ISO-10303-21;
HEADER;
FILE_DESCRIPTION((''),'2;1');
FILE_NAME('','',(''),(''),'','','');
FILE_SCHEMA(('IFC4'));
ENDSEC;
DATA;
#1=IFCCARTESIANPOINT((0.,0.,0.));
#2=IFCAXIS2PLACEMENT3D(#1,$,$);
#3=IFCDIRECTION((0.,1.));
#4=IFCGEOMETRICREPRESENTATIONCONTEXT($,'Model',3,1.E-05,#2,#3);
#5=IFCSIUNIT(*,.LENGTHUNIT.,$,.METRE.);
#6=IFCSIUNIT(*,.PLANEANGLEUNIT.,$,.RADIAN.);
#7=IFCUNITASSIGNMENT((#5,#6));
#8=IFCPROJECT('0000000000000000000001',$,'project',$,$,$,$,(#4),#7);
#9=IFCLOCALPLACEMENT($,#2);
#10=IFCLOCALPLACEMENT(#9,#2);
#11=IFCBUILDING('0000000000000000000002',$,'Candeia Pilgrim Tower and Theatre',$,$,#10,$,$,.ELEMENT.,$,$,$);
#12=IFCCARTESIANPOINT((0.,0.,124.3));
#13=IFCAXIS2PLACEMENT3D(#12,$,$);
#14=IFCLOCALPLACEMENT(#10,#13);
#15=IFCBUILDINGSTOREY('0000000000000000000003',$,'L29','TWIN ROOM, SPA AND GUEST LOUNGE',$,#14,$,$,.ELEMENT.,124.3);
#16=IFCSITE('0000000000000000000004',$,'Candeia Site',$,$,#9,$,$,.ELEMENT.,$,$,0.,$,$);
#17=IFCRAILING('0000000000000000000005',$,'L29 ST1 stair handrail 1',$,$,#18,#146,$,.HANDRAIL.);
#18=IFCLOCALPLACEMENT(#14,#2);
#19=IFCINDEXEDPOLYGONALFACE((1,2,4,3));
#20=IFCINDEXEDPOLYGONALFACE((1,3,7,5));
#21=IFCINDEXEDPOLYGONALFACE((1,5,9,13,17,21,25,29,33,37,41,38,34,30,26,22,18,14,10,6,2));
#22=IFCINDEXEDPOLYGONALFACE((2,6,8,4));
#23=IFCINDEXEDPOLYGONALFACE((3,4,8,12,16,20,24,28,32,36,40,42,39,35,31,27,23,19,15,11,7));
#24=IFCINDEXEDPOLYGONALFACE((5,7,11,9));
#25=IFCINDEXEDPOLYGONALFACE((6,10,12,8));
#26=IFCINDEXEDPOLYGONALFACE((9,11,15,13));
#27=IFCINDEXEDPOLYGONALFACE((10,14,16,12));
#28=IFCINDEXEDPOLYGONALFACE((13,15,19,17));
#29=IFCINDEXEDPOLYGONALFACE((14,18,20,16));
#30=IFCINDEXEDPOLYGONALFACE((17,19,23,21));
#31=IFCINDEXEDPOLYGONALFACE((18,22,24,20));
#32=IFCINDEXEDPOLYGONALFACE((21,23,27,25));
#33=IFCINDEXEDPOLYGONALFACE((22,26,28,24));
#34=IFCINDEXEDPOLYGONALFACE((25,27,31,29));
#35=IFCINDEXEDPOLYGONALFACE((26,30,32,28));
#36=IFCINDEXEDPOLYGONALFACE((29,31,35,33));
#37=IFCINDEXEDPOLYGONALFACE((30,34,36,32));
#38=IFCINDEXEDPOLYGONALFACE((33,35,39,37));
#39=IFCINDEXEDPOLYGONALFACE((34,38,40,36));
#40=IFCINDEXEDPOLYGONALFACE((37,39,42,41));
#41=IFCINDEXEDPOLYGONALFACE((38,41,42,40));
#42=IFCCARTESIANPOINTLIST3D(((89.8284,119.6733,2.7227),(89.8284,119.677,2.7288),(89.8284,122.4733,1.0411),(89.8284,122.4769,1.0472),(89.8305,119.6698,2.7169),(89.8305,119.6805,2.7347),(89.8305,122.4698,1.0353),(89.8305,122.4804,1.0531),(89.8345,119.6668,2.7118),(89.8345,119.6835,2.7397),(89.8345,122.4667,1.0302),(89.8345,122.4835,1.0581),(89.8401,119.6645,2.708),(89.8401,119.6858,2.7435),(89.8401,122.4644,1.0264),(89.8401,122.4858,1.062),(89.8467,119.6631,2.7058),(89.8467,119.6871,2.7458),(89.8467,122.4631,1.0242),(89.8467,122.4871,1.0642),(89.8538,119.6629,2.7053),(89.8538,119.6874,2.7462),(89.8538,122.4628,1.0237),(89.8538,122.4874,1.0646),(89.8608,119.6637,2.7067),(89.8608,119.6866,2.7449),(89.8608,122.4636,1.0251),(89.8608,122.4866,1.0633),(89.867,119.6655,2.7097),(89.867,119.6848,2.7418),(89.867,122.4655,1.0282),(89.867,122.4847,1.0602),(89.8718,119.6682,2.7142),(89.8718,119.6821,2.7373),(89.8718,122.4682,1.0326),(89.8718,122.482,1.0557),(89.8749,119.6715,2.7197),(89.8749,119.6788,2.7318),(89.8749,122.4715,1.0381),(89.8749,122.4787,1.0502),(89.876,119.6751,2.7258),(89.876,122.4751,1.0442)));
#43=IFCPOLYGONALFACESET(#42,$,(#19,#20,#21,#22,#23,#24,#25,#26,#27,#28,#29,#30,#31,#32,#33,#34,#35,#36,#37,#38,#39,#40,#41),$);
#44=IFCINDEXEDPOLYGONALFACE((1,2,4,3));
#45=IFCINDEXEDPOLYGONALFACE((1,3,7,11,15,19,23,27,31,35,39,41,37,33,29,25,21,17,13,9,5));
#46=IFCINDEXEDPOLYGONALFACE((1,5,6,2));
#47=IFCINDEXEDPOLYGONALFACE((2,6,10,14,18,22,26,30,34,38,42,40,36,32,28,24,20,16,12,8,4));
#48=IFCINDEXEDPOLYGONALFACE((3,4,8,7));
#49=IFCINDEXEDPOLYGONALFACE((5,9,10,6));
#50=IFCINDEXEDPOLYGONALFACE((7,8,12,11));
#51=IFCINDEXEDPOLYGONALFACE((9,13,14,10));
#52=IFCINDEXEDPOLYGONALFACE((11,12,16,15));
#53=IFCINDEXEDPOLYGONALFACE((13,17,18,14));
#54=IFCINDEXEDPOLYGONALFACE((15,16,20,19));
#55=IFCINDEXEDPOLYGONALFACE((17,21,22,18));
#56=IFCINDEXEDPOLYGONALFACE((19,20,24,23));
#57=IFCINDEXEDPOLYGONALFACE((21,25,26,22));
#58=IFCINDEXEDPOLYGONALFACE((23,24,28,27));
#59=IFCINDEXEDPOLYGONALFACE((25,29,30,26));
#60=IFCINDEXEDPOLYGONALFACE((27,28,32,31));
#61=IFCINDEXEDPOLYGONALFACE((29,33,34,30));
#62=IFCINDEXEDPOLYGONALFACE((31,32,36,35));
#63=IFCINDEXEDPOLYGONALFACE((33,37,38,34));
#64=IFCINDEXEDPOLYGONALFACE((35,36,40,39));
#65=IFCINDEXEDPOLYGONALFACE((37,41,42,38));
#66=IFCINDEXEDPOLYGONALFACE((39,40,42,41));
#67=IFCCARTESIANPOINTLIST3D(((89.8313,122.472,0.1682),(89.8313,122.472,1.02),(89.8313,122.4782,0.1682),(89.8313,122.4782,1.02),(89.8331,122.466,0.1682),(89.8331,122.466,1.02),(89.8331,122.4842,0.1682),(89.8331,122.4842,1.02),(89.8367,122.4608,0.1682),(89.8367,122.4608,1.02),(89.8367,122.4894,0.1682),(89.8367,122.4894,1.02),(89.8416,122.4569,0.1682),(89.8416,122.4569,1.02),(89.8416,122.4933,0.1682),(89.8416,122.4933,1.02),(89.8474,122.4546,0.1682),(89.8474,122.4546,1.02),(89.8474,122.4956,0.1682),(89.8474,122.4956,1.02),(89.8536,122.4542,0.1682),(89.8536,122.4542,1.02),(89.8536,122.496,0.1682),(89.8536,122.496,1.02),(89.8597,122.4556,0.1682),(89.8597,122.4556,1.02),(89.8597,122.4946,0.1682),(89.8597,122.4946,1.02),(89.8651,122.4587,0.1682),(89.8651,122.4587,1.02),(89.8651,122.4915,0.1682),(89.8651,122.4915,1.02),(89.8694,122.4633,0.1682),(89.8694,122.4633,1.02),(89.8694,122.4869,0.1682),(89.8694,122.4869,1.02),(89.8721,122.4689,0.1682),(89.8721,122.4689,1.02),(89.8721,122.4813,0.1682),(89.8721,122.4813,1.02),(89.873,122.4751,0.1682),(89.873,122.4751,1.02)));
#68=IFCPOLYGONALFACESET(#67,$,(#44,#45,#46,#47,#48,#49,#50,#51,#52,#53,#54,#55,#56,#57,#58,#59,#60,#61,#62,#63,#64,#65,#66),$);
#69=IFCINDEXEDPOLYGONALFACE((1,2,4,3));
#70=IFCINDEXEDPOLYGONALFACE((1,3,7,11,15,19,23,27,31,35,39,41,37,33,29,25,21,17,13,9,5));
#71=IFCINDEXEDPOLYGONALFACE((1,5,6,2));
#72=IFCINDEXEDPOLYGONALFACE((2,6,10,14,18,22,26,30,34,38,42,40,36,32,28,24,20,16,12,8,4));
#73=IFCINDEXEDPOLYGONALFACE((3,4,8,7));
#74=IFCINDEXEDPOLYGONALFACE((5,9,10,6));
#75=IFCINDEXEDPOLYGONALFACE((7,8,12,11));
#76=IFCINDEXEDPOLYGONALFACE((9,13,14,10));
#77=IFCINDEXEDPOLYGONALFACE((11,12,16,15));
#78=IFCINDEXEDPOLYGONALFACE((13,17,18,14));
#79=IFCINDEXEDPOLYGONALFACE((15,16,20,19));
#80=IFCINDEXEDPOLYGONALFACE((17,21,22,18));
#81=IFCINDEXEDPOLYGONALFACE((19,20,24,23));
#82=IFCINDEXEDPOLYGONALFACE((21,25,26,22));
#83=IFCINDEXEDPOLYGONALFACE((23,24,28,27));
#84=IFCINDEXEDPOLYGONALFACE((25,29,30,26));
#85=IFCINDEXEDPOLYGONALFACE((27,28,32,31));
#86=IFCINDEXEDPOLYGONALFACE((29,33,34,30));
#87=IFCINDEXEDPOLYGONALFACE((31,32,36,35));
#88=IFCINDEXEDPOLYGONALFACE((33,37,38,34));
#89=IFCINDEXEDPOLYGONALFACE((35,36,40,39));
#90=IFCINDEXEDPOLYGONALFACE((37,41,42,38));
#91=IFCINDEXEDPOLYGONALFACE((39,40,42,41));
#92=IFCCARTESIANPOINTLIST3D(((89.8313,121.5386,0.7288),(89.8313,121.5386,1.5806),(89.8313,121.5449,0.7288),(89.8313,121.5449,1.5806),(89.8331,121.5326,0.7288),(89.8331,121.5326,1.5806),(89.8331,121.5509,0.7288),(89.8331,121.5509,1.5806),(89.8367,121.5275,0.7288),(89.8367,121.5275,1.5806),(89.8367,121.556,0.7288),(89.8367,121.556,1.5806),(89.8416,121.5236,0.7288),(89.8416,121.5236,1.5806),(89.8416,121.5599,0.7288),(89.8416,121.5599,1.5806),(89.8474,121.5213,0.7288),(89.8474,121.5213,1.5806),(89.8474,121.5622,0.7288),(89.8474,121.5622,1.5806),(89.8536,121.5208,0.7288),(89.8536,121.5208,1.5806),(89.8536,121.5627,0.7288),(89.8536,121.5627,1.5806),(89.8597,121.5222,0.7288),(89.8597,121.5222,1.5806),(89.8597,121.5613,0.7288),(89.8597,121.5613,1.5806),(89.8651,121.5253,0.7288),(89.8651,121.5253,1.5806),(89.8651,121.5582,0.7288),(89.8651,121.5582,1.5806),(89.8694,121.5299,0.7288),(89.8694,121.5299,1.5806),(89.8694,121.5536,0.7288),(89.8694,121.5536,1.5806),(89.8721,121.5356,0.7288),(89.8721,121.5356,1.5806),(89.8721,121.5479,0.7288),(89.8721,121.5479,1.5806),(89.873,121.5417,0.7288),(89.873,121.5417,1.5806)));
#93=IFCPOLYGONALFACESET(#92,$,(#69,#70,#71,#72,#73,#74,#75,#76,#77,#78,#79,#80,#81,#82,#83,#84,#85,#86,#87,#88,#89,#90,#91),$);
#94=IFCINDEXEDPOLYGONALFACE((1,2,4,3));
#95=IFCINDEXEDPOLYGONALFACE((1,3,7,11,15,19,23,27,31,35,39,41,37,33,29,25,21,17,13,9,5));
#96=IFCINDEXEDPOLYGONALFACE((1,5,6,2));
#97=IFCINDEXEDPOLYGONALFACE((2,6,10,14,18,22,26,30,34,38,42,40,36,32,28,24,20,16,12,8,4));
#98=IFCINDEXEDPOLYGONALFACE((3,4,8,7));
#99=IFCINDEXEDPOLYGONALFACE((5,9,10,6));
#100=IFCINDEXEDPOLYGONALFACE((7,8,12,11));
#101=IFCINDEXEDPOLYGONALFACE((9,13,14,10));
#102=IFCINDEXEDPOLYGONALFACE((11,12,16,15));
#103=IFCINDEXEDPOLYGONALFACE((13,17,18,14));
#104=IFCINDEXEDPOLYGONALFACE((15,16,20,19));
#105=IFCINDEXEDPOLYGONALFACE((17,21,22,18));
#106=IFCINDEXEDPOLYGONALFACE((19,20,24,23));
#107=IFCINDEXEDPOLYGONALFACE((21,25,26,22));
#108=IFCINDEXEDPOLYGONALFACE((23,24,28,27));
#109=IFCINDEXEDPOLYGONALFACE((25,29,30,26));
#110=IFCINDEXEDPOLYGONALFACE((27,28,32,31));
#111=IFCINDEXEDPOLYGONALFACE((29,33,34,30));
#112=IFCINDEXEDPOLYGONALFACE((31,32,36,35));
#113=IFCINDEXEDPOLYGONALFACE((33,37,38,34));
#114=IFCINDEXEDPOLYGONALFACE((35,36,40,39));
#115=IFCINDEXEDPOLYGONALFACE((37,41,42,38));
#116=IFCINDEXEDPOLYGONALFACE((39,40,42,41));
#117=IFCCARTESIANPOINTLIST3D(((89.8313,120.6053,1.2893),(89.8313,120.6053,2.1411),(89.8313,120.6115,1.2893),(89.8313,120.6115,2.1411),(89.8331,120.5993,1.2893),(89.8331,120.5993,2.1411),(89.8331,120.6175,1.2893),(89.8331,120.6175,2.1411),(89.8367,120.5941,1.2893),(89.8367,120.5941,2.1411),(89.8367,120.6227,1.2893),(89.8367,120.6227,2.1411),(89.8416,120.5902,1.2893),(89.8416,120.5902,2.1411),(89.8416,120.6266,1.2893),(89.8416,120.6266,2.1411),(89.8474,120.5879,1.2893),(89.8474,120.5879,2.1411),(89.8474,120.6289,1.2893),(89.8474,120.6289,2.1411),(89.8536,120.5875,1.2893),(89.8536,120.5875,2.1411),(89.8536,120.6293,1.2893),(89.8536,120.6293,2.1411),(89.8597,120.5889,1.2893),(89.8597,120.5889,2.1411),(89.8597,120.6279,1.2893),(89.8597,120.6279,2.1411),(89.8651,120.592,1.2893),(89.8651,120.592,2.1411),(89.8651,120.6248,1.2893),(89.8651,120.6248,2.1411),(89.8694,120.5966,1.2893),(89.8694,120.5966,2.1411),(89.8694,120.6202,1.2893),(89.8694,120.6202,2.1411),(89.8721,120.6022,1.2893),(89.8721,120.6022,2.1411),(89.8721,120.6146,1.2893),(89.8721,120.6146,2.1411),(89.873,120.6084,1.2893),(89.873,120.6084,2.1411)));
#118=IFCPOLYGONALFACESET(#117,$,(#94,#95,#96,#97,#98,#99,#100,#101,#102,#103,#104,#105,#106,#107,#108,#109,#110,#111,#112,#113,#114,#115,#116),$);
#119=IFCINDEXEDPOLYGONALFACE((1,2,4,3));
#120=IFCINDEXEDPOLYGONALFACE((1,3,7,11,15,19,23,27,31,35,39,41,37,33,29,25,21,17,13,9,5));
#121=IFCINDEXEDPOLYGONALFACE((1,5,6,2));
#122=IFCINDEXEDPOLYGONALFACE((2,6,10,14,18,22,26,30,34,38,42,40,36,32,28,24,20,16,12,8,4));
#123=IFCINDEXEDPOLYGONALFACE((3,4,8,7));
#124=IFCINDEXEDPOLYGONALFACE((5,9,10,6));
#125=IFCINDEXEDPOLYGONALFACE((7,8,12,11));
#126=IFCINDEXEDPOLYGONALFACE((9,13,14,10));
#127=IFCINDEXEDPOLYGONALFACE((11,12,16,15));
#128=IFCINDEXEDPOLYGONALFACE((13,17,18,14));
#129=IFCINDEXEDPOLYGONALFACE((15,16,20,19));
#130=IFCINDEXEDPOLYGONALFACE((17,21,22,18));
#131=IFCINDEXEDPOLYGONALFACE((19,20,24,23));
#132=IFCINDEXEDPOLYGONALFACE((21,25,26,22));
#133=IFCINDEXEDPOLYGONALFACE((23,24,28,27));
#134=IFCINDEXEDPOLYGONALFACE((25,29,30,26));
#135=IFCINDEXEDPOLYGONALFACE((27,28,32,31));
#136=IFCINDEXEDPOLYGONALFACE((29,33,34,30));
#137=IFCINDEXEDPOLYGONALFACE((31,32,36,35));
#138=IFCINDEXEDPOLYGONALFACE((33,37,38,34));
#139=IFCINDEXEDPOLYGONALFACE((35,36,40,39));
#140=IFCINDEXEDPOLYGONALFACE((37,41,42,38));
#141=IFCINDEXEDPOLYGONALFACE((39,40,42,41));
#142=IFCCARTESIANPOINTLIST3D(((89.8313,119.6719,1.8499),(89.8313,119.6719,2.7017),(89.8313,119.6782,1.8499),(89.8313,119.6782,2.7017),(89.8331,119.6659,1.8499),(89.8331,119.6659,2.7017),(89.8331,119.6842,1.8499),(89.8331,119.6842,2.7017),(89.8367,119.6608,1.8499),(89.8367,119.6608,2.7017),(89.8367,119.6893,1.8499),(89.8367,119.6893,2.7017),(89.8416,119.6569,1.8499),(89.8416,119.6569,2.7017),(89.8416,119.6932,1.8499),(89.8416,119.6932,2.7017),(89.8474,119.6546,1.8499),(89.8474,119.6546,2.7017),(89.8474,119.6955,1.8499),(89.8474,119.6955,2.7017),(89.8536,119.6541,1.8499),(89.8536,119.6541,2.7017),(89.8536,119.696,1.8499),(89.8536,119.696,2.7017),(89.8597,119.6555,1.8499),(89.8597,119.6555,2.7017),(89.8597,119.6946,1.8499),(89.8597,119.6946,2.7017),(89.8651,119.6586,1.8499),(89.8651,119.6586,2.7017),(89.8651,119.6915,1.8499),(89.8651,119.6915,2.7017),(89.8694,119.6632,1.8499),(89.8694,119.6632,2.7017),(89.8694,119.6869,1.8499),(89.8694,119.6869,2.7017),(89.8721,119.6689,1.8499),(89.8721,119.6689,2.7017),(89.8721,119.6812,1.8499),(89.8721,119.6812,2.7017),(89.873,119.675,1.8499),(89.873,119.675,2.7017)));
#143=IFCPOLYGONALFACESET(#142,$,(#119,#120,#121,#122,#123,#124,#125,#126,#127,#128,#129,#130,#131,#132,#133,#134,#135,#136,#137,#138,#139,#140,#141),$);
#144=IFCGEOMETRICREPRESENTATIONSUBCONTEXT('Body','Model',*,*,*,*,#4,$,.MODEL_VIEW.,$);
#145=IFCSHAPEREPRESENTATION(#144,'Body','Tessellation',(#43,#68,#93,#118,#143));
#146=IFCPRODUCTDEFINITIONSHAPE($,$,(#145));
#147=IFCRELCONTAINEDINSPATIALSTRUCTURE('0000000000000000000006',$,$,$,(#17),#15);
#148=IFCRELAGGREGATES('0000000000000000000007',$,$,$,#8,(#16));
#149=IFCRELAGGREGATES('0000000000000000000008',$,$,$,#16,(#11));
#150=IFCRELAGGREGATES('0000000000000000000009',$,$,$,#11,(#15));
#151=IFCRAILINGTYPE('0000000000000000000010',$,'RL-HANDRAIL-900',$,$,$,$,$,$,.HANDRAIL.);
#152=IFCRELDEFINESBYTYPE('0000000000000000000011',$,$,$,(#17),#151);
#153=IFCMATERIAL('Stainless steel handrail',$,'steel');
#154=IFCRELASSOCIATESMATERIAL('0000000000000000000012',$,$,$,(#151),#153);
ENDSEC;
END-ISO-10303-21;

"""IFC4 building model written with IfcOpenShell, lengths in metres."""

from ifc_helpers import new_model, si_unit, direction, frame, origin, origin_2d, place, context, subcontext, project, spatial, circle, extrude, material, type_object, element, save


model = new_model("IFC4")

# Units and contexts
model_context = context("Model", 3, precision=1e-05, world=origin(), true_north=direction((0.0, 1.0)))
body_context = subcontext(model_context, "Body", "Model", "MODEL_VIEW")
ifc_project = project(units=[si_unit("LENGTHUNIT", "METRE"), si_unit("PLANEANGLEUNIT", "RADIAN")], contexts=[model_context])

# Site, building, storey
site_placement = place(None, origin())
site = spatial("IfcSite", under=ifc_project, at=site_placement, Name="Candeia Site", CompositionType="ELEMENT", RefElevation=0.0)
building_placement = place(site_placement, origin())
building = spatial("IfcBuilding", under=site, at=building_placement, Name="Candeia Pilgrim Tower and Theatre", CompositionType="ELEMENT")
storey_placement = place(building_placement, frame((0.0, 0.0, 124.3)))
storey = spatial("IfcBuildingStorey", under=building, at=storey_placement, Name="L29", Description="TWIN ROOM, SPA AND GUEST LOUNGE", CompositionType="ELEMENT", Elevation=124.3)

# Railing
ifc_material_1 = material(Name="Stainless steel handrail", Category="steel")
railing_type_1 = type_object("IfcRailingType", Name="RL-HANDRAIL-900", PredefinedType="HANDRAIL", material=ifc_material_1)
for number, where, name in (
    (1, (89.8521, 122.4751, 0.1682), "L29 ST1 stair handrail 1"),
):
    element("IfcRailing", number, at=place(storey_placement, frame(where)), inside=storey, type_object=railing_type_1, Name=name, PredefinedType="HANDRAIL", context=body_context, shape_type="SweptSolid", body=[
        extrude(circle(Radius=0.0239, at=origin_2d()), frame((0.0, 0.0, 0.876), z_axis=(0.0, -0.857275, 0.514858), x_axis=(1.0, 0.0, 0.0)), (0.0, 0.0, 1.0), 3.2661),
        extrude(circle(Radius=0.021, at=origin_2d()), origin(), (0.0, 0.0, 1.0), 0.8518),
        extrude(circle(Radius=0.021, at=origin_2d()), frame((0.0, -0.9333, 0.5605)), (0.0, 0.0, 1.0), 0.8518),
        extrude(circle(Radius=0.021, at=origin_2d()), frame((0.0, -1.8667, 1.1211)), (0.0, 0.0, 1.0), 0.8518),
        extrude(circle(Radius=0.021, at=origin_2d()), frame((0.0, -2.8, 1.6816)), (0.0, 0.0, 1.0), 0.8518),
    ])

save(model, "model.ifc")
